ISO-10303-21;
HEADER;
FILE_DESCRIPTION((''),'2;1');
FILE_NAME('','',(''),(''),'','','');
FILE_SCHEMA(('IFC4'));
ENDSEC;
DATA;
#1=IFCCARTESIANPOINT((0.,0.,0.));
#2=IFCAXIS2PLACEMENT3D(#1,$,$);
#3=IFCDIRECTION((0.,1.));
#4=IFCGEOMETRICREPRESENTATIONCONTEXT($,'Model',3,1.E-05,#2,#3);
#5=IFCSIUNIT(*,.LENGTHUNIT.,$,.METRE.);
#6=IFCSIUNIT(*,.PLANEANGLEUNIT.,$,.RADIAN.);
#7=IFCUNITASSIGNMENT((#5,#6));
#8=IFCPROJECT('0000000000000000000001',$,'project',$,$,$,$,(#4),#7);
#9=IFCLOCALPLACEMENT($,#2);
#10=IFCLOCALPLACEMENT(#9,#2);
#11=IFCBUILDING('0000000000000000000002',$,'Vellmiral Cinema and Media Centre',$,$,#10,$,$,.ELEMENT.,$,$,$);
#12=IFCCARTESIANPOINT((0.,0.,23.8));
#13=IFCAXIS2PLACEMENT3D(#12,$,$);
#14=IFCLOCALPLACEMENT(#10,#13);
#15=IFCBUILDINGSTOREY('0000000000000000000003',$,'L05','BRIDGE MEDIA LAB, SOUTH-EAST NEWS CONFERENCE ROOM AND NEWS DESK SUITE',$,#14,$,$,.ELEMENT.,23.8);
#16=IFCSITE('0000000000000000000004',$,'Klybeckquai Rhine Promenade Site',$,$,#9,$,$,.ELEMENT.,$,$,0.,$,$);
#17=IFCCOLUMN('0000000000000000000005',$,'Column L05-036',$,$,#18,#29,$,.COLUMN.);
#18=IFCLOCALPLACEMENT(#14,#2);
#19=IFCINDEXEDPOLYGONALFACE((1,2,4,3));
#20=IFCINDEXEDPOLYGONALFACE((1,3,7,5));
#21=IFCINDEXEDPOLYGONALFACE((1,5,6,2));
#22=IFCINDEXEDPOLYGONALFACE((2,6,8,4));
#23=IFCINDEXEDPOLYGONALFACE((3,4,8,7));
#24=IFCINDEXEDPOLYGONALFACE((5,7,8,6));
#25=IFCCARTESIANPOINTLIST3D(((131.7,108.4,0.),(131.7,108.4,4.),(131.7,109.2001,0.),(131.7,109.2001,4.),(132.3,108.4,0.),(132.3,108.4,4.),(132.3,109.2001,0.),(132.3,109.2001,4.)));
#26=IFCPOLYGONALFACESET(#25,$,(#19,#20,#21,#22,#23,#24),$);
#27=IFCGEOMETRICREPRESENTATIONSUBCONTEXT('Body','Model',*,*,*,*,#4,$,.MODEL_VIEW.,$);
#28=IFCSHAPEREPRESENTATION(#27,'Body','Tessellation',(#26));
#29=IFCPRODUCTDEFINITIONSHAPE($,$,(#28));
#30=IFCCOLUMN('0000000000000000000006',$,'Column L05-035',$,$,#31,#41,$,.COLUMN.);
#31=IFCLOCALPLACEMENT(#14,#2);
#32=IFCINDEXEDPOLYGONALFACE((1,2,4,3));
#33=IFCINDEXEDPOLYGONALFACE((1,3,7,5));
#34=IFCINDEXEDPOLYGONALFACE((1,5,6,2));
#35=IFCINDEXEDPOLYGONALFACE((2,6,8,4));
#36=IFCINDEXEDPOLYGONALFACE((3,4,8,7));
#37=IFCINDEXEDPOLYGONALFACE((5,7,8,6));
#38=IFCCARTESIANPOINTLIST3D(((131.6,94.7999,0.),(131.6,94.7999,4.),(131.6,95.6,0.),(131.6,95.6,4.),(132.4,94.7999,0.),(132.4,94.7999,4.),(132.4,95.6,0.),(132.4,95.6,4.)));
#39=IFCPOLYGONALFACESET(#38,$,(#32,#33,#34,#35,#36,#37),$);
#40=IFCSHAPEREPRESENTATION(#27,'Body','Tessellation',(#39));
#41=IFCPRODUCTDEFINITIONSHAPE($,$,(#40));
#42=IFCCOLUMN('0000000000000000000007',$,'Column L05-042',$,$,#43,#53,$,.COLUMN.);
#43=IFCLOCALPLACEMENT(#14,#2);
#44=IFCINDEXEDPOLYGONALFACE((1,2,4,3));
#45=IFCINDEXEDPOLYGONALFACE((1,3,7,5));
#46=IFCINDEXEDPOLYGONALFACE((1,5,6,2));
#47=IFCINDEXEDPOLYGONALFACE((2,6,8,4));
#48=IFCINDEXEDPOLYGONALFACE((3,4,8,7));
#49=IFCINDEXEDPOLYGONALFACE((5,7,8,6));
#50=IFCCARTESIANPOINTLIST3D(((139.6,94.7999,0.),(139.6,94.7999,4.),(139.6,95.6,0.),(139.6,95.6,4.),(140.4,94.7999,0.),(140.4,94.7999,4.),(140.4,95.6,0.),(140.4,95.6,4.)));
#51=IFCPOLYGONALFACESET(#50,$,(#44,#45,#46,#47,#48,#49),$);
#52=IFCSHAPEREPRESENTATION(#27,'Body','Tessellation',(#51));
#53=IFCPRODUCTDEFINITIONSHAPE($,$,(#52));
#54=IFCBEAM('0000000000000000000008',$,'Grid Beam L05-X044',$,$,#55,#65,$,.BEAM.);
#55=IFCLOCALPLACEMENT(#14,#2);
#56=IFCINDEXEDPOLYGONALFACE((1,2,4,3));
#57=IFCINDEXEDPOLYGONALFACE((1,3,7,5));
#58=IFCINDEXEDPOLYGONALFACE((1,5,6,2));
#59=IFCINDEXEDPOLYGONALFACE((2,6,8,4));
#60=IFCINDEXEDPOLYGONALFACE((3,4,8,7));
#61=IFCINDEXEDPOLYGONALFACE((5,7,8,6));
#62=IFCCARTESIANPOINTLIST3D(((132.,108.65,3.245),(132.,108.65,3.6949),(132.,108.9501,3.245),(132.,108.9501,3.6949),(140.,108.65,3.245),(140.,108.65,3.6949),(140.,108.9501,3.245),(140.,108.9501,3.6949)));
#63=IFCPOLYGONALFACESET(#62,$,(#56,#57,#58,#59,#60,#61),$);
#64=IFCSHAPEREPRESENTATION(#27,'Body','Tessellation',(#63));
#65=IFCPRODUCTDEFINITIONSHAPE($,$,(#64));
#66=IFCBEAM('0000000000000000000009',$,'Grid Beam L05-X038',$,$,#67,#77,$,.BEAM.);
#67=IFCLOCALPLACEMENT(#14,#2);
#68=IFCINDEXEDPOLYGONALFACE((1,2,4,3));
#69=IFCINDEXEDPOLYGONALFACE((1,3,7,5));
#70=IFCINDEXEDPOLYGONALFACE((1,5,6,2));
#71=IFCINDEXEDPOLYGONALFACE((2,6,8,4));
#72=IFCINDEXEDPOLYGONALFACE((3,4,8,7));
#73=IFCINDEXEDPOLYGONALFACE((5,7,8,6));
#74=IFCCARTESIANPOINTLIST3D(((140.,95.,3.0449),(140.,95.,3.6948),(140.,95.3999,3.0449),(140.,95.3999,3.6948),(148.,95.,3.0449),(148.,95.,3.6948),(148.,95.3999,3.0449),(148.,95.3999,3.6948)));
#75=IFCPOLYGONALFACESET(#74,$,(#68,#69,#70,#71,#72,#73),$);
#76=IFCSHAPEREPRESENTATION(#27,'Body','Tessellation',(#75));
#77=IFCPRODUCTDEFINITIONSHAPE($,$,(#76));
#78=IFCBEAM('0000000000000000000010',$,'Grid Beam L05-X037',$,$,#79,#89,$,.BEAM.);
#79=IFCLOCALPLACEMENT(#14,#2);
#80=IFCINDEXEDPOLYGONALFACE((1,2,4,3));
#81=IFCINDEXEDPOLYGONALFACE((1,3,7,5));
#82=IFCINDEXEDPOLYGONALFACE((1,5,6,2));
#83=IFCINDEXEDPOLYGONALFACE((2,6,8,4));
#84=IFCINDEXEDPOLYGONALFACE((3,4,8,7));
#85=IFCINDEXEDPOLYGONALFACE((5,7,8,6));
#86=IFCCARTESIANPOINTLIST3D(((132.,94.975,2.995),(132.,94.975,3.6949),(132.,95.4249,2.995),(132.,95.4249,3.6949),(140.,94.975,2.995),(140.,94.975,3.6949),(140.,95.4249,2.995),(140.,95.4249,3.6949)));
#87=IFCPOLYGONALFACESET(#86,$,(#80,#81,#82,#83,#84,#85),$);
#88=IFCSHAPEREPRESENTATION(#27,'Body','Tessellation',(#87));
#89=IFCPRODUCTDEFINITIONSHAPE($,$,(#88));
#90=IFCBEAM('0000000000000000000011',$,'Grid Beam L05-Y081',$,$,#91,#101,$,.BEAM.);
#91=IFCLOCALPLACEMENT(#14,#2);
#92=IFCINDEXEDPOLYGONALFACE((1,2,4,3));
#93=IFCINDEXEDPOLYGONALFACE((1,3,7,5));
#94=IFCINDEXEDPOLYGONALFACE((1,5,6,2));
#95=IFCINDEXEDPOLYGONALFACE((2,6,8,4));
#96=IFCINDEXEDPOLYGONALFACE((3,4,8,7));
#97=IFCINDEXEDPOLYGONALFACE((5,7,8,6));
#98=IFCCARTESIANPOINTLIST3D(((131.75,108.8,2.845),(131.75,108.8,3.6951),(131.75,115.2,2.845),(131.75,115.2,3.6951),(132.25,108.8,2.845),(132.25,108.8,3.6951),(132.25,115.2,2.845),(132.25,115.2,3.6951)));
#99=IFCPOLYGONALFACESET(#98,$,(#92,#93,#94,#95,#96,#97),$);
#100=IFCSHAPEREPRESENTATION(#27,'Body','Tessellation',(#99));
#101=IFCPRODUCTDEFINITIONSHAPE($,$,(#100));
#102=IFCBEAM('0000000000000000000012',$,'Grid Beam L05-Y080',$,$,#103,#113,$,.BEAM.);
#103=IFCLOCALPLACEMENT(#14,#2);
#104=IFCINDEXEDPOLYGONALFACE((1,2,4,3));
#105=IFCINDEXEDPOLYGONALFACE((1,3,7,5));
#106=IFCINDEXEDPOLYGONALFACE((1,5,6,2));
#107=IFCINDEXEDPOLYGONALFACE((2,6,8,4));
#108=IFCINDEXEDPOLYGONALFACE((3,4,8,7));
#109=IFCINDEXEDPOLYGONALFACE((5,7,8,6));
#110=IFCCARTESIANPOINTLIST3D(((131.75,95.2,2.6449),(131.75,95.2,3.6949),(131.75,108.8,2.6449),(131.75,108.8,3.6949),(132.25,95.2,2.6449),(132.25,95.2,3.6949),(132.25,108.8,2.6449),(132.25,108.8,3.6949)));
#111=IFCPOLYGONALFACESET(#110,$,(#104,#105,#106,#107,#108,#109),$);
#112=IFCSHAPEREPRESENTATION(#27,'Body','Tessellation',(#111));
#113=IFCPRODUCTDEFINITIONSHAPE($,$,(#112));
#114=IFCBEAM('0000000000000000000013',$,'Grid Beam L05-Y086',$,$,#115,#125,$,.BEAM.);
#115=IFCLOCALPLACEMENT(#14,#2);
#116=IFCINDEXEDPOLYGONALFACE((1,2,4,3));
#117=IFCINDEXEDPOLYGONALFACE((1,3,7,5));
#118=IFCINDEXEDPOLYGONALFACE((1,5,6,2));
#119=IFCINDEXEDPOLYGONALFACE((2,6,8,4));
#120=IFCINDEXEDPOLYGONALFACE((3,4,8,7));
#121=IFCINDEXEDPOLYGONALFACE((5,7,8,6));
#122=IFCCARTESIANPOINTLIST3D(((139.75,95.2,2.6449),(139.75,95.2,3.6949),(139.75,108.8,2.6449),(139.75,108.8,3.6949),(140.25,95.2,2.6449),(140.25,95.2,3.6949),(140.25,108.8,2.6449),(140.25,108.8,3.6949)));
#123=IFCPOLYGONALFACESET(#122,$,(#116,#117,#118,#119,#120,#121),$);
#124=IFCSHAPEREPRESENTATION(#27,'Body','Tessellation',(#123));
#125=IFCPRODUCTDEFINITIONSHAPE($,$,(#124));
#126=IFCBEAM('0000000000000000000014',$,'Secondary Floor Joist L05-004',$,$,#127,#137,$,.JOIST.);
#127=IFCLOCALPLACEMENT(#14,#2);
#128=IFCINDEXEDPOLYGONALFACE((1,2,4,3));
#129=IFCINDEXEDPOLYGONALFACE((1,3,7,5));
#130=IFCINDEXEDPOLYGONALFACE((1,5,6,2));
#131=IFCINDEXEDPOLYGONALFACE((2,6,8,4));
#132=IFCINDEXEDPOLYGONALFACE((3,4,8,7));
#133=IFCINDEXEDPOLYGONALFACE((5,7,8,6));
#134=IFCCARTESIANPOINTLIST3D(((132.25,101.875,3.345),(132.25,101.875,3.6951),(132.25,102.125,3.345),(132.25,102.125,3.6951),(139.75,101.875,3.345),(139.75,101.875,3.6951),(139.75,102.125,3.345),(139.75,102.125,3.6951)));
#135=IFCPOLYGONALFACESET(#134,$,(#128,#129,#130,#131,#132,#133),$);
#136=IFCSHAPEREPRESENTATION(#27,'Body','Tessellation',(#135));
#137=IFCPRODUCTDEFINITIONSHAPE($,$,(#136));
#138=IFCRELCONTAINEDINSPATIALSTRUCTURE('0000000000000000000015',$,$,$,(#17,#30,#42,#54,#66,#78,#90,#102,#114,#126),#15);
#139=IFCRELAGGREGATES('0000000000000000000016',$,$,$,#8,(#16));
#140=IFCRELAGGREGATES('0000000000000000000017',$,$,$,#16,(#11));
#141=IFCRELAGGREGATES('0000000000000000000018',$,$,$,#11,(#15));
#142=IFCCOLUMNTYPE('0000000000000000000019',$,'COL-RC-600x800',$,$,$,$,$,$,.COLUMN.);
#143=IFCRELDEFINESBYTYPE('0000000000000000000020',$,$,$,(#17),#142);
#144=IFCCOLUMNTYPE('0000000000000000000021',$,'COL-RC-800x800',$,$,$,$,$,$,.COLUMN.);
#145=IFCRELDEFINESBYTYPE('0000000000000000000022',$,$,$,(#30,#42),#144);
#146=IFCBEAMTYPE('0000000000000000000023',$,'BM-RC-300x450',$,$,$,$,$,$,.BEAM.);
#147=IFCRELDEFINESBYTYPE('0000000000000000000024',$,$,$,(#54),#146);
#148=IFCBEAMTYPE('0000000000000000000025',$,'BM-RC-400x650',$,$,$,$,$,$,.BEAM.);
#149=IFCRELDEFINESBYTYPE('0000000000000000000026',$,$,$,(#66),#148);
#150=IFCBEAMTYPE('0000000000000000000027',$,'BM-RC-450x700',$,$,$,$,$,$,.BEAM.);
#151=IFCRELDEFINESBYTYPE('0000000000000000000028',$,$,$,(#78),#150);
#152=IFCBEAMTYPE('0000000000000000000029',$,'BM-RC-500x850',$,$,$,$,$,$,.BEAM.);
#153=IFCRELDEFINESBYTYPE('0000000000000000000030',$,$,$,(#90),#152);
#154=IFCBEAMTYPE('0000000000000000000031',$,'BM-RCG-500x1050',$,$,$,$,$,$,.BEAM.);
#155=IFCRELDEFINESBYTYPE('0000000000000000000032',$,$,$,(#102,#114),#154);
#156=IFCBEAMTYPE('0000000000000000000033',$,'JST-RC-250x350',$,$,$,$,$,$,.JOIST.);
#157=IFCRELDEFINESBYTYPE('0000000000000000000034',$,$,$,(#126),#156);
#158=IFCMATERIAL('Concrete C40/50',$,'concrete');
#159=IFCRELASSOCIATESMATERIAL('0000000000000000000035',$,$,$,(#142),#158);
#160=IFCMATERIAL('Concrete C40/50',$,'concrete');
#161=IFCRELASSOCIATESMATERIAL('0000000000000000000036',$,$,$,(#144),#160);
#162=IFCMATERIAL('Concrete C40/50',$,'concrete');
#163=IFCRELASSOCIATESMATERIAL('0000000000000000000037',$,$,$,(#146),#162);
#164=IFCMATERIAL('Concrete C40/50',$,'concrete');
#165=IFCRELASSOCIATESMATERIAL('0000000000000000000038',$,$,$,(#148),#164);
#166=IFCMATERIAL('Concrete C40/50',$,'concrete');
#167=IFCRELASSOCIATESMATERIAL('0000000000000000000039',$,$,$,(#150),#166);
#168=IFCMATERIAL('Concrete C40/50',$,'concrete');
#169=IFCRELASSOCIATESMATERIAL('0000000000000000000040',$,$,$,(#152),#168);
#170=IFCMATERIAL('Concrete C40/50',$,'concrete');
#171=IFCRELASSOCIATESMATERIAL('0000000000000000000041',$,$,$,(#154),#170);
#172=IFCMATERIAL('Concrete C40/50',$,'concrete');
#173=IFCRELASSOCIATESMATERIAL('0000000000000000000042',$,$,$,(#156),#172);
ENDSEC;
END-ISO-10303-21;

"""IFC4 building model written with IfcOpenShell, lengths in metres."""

from ifc_helpers import new_model, si_unit, direction, frame, origin, origin_2d, place, context, subcontext, project, spatial, rectangle, extrude, material, material_profile, profile_set, type_object, element, save


model = new_model("IFC4")

# Units and contexts
model_context = context("Model", 3, precision=1e-05, world=origin(), true_north=direction((0.0, 1.0)))
body_context = subcontext(model_context, "Body", "Model", "MODEL_VIEW")
ifc_project = project(units=[si_unit("LENGTHUNIT", "METRE"), si_unit("PLANEANGLEUNIT", "RADIAN")], contexts=[model_context])

# Site, building, storey
site_placement = place(None, origin())
site = spatial("IfcSite", under=ifc_project, at=site_placement, Name="Klybeckquai Rhine Promenade Site", CompositionType="ELEMENT", RefElevation=0.0)
building_placement = place(site_placement, origin())
building = spatial("IfcBuilding", under=site, at=building_placement, Name="Vellmiral Cinema and Media Centre", CompositionType="ELEMENT")
storey_placement = place(building_placement, frame((0.0, 0.0, 23.8)))
storey = spatial("IfcBuildingStorey", under=building, at=storey_placement, Name="L05", Description="BRIDGE MEDIA LAB, SOUTH-EAST NEWS CONFERENCE ROOM AND NEWS DESK SUITE", CompositionType="ELEMENT", Elevation=23.8)

# Columns
ifc_material_1 = material(Name="Concrete C40/50", Category="concrete")
ifc_material_profile_1 = material_profile(ifc_material_1, rectangle(XDim=0.6001, YDim=0.8, at=origin_2d()), Name="RC 600x800")
ifc_profile_set_1 = profile_set([ifc_material_profile_1], Name="Concrete C40/50")
column_type_1 = type_object("IfcColumnType", Name="COL-RC-600x800", PredefinedType="COLUMN", material=ifc_profile_set_1)
column_placement = place(storey_placement, frame((132.0, 108.8, 0.0), z_axis=(0.0, 0.0, 1.0), x_axis=(1.0, 0.0, 0.0)))
element("IfcColumn", 1, at=column_placement, inside=storey, type_object=column_type_1, Name="Column L05-036", PredefinedType="COLUMN", context=body_context, shape_type="SweptSolid", body=[
    extrude(rectangle(XDim=0.6001, YDim=0.8, at=origin_2d()), origin(), (0.0, 0.0, 1.0), 4.0),
])
ifc_material_2 = material(Name="Concrete C40/50", Category="concrete")
ifc_material_profile_2 = material_profile(ifc_material_2, rectangle(XDim=0.8, YDim=0.8, at=origin_2d()), Name="RC 800x800")
ifc_profile_set_2 = profile_set([ifc_material_profile_2], Name="Concrete C40/50")
column_type_2 = type_object("IfcColumnType", Name="COL-RC-800x800", PredefinedType="COLUMN", material=ifc_profile_set_2)
for number, where, z_axis, x_axis, name in (
    (2, (132.0, 95.2, 0.0), (0.0, 0.0, 1.0), (1.0, 0.0, 0.0), "Column L05-035"),
    (3, (140.0, 95.2, 0.0), (0.0, 0.0, 1.0), (1.0, 0.0, 0.0), "Column L05-042"),
):
    element("IfcColumn", number, at=place(storey_placement, frame(where, z_axis=z_axis, x_axis=x_axis)), inside=storey, type_object=column_type_2, Name=name, PredefinedType="COLUMN", context=body_context, shape_type="SweptSolid", body=[
        extrude(rectangle(XDim=0.8, YDim=0.8, at=origin_2d()), origin(), (0.0, 0.0, 1.0), 4.0),
    ])

# Beams
ifc_material_3 = material(Name="Concrete C40/50", Category="concrete")
ifc_material_profile_3 = material_profile(ifc_material_3, rectangle(XDim=0.3, YDim=0.45, at=origin_2d()), Name="RC 300x450")
ifc_profile_set_3 = profile_set([ifc_material_profile_3], Name="Concrete C40/50")
beam_type_1 = type_object("IfcBeamType", Name="BM-RC-300x450", PredefinedType="BEAM", material=ifc_profile_set_3)
beam_1_placement = place(storey_placement, frame((132.0, 108.8, 3.47), z_axis=(1.0, 0.0, 0.0), x_axis=(0.0, 1.0, 0.0)))
element("IfcBeam", 4, at=beam_1_placement, inside=storey, type_object=beam_type_1, Name="Grid Beam L05-X044", PredefinedType="BEAM", context=body_context, shape_type="SweptSolid", body=[
    extrude(rectangle(XDim=0.3, YDim=0.45, at=origin_2d()), origin(), (0.0, 0.0, 1.0), 8.0),
])
ifc_material_4 = material(Name="Concrete C40/50", Category="concrete")
ifc_material_profile_4 = material_profile(ifc_material_4, rectangle(XDim=0.3999, YDim=0.6499, at=origin_2d()), Name="RC 400x650")
ifc_profile_set_4 = profile_set([ifc_material_profile_4], Name="Concrete C40/50")
beam_type_2 = type_object("IfcBeamType", Name="BM-RC-400x650", PredefinedType="BEAM", material=ifc_profile_set_4)
beam_2_placement = place(storey_placement, frame((140.0, 95.2, 3.3699), z_axis=(1.0, 0.0, 0.0), x_axis=(0.0, 1.0, 0.0)))
element("IfcBeam", 5, at=beam_2_placement, inside=storey, type_object=beam_type_2, Name="Grid Beam L05-X038", PredefinedType="BEAM", context=body_context, shape_type="SweptSolid", body=[
    extrude(rectangle(XDim=0.3999, YDim=0.6499, at=origin_2d()), origin(), (0.0, 0.0, 1.0), 8.0),
])
ifc_material_5 = material(Name="Concrete C40/50", Category="concrete")
ifc_material_profile_5 = material_profile(ifc_material_5, rectangle(XDim=0.45, YDim=0.7, at=origin_2d()), Name="RC 450x700")
ifc_profile_set_5 = profile_set([ifc_material_profile_5], Name="Concrete C40/50")
beam_type_3 = type_object("IfcBeamType", Name="BM-RC-450x700", PredefinedType="BEAM", material=ifc_profile_set_5)
beam_3_placement = place(storey_placement, frame((132.0, 95.2, 3.345), z_axis=(1.0, 0.0, 0.0), x_axis=(0.0, 1.0, 0.0)))
element("IfcBeam", 6, at=beam_3_placement, inside=storey, type_object=beam_type_3, Name="Grid Beam L05-X037", PredefinedType="BEAM", context=body_context, shape_type="SweptSolid", body=[
    extrude(rectangle(XDim=0.45, YDim=0.7, at=origin_2d()), origin(), (0.0, 0.0, 1.0), 8.0),
])
ifc_material_6 = material(Name="Concrete C40/50", Category="concrete")
ifc_material_profile_6 = material_profile(ifc_material_6, rectangle(XDim=0.5, YDim=0.8501, at=origin_2d()), Name="RC 500x850")
ifc_profile_set_6 = profile_set([ifc_material_profile_6], Name="Concrete C40/50")
beam_type_4 = type_object("IfcBeamType", Name="BM-RC-500x850", PredefinedType="BEAM", material=ifc_profile_set_6)
beam_4_placement = place(storey_placement, frame((132.0, 108.8, 3.27), z_axis=(0.0, 1.0, 0.0), x_axis=(-1.0, 0.0, 0.0)))
element("IfcBeam", 7, at=beam_4_placement, inside=storey, type_object=beam_type_4, Name="Grid Beam L05-Y081", PredefinedType="BEAM", context=body_context, shape_type="SweptSolid", body=[
    extrude(rectangle(XDim=0.5, YDim=0.8501, at=origin_2d()), origin(), (0.0, 0.0, 1.0), 6.3999),
])
ifc_material_7 = material(Name="Concrete C40/50", Category="concrete")
ifc_material_profile_7 = material_profile(ifc_material_7, rectangle(XDim=0.5, YDim=1.05, at=origin_2d()), Name="RC 500x1050")
ifc_profile_set_7 = profile_set([ifc_material_profile_7], Name="Concrete C40/50")
beam_type_5 = type_object("IfcBeamType", Name="BM-RCG-500x1050", PredefinedType="BEAM", material=ifc_profile_set_7)
for number, where, z_axis, x_axis, name in (
    (8, (132.0, 95.2, 3.1699), (0.0, 1.0, 0.0), (-1.0, 0.0, 0.0), "Grid Beam L05-Y080"),
    (9, (140.0, 95.2, 3.1699), (0.0, 1.0, 0.0), (-1.0, 0.0, 0.0), "Grid Beam L05-Y086"),
):
    element("IfcBeam", number, at=place(storey_placement, frame(where, z_axis=z_axis, x_axis=x_axis)), inside=storey, type_object=beam_type_5, Name=name, PredefinedType="BEAM", context=body_context, shape_type="SweptSolid", body=[
        extrude(rectangle(XDim=0.5, YDim=1.05, at=origin_2d()), origin(), (0.0, 0.0, 1.0), 13.6001),
    ])
ifc_material_8 = material(Name="Concrete C40/50", Category="concrete")
ifc_material_profile_8 = material_profile(ifc_material_8, rectangle(XDim=0.25, YDim=0.3501, at=origin_2d()), Name="RC 250x350")
ifc_profile_set_8 = profile_set([ifc_material_profile_8], Name="Concrete C40/50")
beam_type_6 = type_object("IfcBeamType", Name="JST-RC-250x350", PredefinedType="JOIST", material=ifc_profile_set_8)
beam_5_placement = place(storey_placement, frame((132.25, 102.0, 3.52), z_axis=(1.0, 0.0, 0.0), x_axis=(0.0, 1.0, 0.0)))
element("IfcBeam", 10, at=beam_5_placement, inside=storey, type_object=beam_type_6, Name="Secondary Floor Joist L05-004", PredefinedType="JOIST", context=body_context, shape_type="SweptSolid", body=[
    extrude(rectangle(XDim=0.25, YDim=0.3501, at=origin_2d()), origin(), (0.0, 0.0, 1.0), 7.5),
])

save(model, "model.ifc")
